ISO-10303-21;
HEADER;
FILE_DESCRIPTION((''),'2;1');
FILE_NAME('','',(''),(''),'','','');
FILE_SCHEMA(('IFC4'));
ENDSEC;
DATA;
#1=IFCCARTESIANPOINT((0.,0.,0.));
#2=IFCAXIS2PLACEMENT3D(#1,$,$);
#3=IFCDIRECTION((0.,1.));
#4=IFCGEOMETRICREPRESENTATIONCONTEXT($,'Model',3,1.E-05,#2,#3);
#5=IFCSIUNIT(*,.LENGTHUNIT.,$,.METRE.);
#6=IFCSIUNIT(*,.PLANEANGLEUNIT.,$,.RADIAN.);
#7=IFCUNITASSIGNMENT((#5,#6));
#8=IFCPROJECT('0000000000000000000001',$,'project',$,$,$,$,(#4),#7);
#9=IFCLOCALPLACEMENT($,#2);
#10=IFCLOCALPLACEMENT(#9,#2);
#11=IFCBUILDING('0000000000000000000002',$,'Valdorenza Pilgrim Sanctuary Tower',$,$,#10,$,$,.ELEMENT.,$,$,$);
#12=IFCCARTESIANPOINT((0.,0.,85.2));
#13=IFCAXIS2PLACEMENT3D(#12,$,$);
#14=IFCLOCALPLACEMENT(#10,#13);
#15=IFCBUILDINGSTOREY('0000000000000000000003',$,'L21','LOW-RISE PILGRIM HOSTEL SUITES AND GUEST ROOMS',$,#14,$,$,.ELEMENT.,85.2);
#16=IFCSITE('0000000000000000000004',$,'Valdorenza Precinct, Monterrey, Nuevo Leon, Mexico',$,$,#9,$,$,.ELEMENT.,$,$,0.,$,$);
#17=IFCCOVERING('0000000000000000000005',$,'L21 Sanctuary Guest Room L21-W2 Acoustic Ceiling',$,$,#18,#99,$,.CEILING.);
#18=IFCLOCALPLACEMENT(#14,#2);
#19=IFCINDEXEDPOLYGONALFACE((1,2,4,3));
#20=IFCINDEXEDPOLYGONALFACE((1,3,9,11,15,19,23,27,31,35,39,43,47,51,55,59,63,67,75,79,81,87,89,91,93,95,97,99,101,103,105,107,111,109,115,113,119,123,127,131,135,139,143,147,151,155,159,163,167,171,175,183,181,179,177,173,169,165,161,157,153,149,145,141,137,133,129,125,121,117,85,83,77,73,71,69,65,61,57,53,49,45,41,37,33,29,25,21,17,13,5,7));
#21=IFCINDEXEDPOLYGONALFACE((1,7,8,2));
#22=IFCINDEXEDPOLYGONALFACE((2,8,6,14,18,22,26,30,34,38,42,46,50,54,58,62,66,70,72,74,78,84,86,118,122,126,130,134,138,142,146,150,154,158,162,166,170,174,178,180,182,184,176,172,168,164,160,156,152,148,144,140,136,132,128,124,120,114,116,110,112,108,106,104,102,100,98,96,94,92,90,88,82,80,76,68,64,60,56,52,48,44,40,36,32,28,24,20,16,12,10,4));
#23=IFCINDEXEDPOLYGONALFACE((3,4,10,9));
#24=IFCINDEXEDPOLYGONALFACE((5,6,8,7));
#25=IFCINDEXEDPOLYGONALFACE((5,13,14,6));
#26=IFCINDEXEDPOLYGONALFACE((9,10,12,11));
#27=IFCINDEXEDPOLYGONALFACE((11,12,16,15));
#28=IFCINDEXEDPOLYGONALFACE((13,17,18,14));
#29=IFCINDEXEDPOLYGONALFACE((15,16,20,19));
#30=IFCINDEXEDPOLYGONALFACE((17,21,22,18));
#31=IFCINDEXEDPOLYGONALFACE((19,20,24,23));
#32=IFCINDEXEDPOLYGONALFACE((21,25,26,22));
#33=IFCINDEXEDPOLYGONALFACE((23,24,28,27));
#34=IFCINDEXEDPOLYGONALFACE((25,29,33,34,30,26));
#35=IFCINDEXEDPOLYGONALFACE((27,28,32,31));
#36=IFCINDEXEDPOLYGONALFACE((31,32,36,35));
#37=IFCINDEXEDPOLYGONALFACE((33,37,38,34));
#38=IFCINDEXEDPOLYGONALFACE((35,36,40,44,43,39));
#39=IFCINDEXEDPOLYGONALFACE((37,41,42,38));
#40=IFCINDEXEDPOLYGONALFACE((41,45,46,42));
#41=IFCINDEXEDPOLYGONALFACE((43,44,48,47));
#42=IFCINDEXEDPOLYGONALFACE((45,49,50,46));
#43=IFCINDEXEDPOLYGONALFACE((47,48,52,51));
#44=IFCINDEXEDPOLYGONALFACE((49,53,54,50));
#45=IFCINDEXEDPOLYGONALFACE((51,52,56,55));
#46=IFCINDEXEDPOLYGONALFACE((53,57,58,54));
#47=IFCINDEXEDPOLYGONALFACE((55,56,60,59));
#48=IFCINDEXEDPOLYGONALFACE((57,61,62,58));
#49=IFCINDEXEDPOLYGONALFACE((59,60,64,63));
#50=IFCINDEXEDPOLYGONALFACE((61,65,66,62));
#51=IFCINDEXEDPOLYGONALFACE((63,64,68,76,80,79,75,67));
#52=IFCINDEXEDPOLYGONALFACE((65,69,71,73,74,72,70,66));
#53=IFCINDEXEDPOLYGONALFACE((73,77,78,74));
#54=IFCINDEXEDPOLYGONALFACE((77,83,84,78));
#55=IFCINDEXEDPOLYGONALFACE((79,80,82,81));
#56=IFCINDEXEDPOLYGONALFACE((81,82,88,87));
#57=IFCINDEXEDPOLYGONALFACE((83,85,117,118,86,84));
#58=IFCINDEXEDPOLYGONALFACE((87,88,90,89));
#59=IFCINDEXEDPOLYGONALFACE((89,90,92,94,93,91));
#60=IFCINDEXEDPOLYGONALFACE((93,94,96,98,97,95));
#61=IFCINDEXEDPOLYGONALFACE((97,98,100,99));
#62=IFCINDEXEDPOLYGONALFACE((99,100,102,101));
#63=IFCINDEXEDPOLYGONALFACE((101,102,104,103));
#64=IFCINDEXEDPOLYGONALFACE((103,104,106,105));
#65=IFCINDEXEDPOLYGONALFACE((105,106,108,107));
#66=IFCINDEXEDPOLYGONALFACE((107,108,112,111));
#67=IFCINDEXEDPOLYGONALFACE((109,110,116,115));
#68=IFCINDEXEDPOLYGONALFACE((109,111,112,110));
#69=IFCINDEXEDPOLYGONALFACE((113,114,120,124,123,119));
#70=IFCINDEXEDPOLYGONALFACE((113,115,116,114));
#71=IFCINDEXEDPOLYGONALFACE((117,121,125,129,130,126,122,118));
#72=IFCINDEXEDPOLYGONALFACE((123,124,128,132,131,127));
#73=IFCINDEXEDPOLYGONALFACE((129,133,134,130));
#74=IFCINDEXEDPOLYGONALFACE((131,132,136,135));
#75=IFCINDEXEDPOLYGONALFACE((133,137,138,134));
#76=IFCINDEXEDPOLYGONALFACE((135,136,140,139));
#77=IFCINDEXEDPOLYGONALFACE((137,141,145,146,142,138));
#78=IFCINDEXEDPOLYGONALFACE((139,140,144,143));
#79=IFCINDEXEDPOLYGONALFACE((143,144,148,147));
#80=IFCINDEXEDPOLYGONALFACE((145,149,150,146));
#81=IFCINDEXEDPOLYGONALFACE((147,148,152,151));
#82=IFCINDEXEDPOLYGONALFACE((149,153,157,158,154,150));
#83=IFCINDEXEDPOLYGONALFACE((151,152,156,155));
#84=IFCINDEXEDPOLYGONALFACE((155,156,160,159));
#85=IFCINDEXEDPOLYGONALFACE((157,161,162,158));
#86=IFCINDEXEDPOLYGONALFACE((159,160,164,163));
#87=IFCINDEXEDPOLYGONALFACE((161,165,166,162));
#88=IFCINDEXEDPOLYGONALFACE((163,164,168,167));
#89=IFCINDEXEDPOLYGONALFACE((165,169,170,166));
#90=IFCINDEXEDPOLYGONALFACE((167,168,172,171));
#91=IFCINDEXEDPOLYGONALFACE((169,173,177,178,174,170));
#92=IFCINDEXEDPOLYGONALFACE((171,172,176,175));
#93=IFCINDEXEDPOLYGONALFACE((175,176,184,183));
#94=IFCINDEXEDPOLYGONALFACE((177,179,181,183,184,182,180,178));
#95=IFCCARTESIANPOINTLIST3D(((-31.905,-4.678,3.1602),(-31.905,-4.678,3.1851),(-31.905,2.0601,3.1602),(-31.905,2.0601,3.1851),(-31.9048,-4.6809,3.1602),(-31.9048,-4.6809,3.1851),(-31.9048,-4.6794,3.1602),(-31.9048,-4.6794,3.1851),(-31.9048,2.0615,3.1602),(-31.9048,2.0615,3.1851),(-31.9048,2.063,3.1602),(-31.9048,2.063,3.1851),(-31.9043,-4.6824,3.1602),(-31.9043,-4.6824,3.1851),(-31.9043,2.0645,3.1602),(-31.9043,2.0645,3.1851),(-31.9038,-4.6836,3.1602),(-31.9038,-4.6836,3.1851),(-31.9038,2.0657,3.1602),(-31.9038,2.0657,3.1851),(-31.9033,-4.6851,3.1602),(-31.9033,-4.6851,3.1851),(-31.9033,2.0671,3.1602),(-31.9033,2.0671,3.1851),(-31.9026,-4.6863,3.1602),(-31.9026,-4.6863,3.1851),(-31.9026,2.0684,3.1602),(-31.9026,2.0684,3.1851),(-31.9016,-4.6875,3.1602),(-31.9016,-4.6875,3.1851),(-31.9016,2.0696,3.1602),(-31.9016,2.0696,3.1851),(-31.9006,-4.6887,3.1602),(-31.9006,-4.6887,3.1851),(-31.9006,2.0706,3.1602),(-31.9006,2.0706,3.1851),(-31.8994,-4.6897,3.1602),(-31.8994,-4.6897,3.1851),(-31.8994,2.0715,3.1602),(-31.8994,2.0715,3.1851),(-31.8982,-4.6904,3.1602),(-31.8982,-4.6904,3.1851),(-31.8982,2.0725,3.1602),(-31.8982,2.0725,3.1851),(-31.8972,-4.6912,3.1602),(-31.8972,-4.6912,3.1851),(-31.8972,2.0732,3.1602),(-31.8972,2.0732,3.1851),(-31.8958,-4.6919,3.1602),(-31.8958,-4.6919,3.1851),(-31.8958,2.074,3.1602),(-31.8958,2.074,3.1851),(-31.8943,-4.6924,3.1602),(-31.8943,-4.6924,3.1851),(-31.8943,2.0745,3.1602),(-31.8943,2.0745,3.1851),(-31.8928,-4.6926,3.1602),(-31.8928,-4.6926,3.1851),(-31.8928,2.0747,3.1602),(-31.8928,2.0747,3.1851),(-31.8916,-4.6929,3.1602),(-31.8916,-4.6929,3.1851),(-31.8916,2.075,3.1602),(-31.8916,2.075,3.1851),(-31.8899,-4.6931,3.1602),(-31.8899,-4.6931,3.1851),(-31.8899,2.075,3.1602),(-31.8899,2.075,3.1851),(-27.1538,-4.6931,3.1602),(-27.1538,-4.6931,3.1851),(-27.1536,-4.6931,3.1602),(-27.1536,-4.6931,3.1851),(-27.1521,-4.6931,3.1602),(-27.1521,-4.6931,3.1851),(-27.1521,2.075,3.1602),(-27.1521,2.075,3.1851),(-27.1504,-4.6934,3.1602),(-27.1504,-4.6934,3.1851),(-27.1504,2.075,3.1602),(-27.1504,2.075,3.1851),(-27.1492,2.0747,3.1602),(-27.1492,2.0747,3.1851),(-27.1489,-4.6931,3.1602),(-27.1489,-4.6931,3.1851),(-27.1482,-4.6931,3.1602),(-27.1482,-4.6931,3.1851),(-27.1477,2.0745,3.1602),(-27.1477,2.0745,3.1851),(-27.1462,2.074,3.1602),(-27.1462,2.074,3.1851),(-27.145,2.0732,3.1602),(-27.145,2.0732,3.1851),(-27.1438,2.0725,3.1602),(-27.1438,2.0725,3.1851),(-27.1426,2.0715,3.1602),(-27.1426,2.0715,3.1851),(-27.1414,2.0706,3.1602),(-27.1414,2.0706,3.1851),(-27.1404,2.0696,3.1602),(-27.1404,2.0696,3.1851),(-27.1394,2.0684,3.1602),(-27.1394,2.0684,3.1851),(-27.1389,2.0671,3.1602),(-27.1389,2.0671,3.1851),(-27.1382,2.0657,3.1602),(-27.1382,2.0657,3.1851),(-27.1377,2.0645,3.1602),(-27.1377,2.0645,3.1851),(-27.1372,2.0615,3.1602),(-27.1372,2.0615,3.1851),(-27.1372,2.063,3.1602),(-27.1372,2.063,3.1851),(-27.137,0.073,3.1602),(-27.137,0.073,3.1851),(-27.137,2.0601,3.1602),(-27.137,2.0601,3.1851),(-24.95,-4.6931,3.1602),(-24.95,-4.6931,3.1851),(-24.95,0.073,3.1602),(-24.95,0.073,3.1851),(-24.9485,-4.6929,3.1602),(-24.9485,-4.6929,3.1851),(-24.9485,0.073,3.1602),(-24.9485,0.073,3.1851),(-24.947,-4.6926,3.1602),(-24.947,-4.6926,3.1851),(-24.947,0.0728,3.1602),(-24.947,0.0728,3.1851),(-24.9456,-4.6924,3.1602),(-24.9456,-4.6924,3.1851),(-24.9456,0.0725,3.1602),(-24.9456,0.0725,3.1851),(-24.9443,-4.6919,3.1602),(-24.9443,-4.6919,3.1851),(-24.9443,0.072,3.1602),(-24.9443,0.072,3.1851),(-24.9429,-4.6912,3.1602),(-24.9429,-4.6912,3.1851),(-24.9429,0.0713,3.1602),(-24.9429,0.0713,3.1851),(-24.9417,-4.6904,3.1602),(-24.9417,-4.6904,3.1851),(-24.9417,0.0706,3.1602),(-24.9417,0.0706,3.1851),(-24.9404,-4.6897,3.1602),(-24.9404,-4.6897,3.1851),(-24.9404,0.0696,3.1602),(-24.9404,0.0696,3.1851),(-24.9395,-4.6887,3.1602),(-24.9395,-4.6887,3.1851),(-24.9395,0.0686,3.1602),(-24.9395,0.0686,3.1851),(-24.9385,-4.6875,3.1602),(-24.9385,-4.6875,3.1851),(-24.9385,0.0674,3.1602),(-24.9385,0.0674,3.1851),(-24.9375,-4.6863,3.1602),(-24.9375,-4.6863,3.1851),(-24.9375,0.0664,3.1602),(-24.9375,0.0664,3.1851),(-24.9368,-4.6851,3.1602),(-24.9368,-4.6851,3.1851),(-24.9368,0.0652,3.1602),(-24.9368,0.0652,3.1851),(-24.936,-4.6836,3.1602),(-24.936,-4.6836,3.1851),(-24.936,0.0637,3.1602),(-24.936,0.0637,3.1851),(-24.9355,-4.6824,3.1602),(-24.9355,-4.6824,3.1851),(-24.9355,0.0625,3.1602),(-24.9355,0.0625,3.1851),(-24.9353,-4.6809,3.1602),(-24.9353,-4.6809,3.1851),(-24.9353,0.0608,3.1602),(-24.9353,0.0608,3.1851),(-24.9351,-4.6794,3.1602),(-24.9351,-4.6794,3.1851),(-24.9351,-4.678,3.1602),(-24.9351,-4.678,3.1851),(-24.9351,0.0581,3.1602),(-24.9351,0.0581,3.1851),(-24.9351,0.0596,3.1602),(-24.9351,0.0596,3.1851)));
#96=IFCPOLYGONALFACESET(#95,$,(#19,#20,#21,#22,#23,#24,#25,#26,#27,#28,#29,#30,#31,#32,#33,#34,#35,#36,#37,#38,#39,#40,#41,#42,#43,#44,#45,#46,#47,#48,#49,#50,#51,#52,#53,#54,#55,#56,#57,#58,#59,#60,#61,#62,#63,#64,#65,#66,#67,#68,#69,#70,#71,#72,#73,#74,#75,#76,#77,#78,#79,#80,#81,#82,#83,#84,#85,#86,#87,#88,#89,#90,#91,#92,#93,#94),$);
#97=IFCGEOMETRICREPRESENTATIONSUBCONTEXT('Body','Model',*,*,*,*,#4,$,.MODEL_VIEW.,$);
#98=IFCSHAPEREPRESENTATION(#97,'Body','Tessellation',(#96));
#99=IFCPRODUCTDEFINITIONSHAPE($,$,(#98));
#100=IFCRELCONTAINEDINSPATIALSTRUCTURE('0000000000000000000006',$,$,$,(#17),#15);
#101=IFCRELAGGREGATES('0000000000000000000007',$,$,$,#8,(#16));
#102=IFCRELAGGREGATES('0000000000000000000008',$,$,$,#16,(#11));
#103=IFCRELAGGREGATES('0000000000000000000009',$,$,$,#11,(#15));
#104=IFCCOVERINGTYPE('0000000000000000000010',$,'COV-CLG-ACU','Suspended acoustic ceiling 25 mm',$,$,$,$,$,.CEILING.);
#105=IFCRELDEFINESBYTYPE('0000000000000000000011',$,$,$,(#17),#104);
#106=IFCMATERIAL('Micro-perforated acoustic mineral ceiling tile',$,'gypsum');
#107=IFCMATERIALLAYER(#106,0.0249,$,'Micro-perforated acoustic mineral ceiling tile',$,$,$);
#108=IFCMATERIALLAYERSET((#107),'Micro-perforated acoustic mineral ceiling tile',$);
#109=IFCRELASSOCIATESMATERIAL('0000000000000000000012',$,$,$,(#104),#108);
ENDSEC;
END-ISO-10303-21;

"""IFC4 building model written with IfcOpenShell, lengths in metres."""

from ifc_helpers import new_model, si_unit, direction, frame, origin, place, context, subcontext, project, spatial, polyline, outline, extrude, material, layer, layer_set, type_object, element, save


model = new_model("IFC4")

# Units and contexts
model_context = context("Model", 3, precision=1e-05, world=origin(), true_north=direction((0.0, 1.0)))
body_context = subcontext(model_context, "Body", "Model", "MODEL_VIEW")
ifc_project = project(units=[si_unit("LENGTHUNIT", "METRE"), si_unit("PLANEANGLEUNIT", "RADIAN")], contexts=[model_context])

# Site, building, storey
site_placement = place(None, origin())
site = spatial("IfcSite", under=ifc_project, at=site_placement, Name="Valdorenza Precinct, Monterrey, Nuevo Leon, Mexico", CompositionType="ELEMENT", RefElevation=0.0)
building_placement = place(site_placement, origin())
building = spatial("IfcBuilding", under=site, at=building_placement, Name="Valdorenza Pilgrim Sanctuary Tower", CompositionType="ELEMENT")
storey_placement = place(building_placement, frame((0.0, 0.0, 85.2)))
storey = spatial("IfcBuildingStorey", under=building, at=storey_placement, Name="L21", Description="LOW-RISE PILGRIM HOSTEL SUITES AND GUEST ROOMS", CompositionType="ELEMENT", Elevation=85.2)

# Covering
ifc_material_1 = material(Name="Micro-perforated acoustic mineral ceiling tile", Category="gypsum")
ifc_layer_1 = layer(ifc_material_1, 0.0249, Name="Micro-perforated acoustic mineral ceiling tile")
ifc_layer_set_1 = layer_set([ifc_layer_1], Name="Micro-perforated acoustic mineral ceiling tile")
covering_type_1 = type_object("IfcCoveringType", Name="COV-CLG-ACU", Description="Suspended acoustic ceiling 25 mm", PredefinedType="CEILING", material=ifc_layer_set_1)
covering_1_placement = place(storey_placement, frame((0.0, 0.0, 3.1602)))
element("IfcCovering", 1, at=covering_1_placement, inside=storey, type_object=covering_type_1, Name="L21 Sanctuary Guest Room L21-W2 Acoustic Ceiling", PredefinedType="CEILING", context=body_context, shape_type="SweptSolid", body=[
    extrude(outline(polyline([(-31.905, 2.0601), (-31.9048, 2.0615), (-31.9048, 2.063), (-31.9043, 2.0645), (-31.9038, 2.0657), (-31.9033, 2.0671), (-31.9026, 2.0684), (-31.9016, 2.0696), (-31.9006, 2.0706), (-31.8994, 2.0715), (-31.8982, 2.0725), (-31.8972, 2.0732), (-31.8958, 2.074), (-31.8943, 2.0745), (-31.8928, 2.0747), (-31.8916, 2.075), (-31.8899, 2.075), (-27.1521, 2.075), (-27.1504, 2.075), (-27.1492, 2.0747), (-27.1477, 2.0745), (-27.1462, 2.074), (-27.145, 2.0732), (-27.1438, 2.0725), (-27.1426, 2.0715), (-27.1414, 2.0706), (-27.1404, 2.0696), (-27.1394, 2.0684), (-27.1389, 2.0671), (-27.1382, 2.0657), (-27.1377, 2.0645), (-27.1372, 2.063), (-27.1372, 2.0615), (-27.137, 2.0601), (-27.137, 0.073), (-24.95, 0.073), (-24.9485, 0.073), (-24.947, 0.0728), (-24.9456, 0.0725), (-24.9443, 0.072), (-24.9429, 0.0713), (-24.9417, 0.0706), (-24.9404, 0.0696), (-24.9395, 0.0686), (-24.9385, 0.0674), (-24.9375, 0.0664), (-24.9368, 0.0652), (-24.936, 0.0637), (-24.9355, 0.0625), (-24.9353, 0.0608), (-24.9351, 0.0596), (-24.9351, 0.0581), (-24.9351, -4.678), (-24.9351, -4.6794), (-24.9353, -4.6809), (-24.9355, -4.6824), (-24.936, -4.6836), (-24.9368, -4.6851), (-24.9375, -4.6863), (-24.9385, -4.6875), (-24.9395, -4.6887), (-24.9404, -4.6897), (-24.9417, -4.6904), (-24.9429, -4.6912), (-24.9443, -4.6919), (-24.9456, -4.6924), (-24.947, -4.6926), (-24.9485, -4.6929), (-24.95, -4.6931), (-27.1482, -4.6931), (-27.1489, -4.6931), (-27.1504, -4.6934), (-27.1521, -4.6931), (-27.1536, -4.6931), (-27.1538, -4.6931), (-31.8899, -4.6931), (-31.8916, -4.6929), (-31.8928, -4.6926), (-31.8943, -4.6924), (-31.8958, -4.6919), (-31.8972, -4.6912), (-31.8982, -4.6904), (-31.8994, -4.6897), (-31.9006, -4.6887), (-31.9016, -4.6875), (-31.9026, -4.6863), (-31.9033, -4.6851), (-31.9038, -4.6836), (-31.9043, -4.6824), (-31.9048, -4.6809), (-31.9048, -4.6794), (-31.905, -4.678), (-31.905, 2.0601)])), origin(), (0.0, 0.0, 1.0), 0.0249),
])

save(model, "model.ifc")
